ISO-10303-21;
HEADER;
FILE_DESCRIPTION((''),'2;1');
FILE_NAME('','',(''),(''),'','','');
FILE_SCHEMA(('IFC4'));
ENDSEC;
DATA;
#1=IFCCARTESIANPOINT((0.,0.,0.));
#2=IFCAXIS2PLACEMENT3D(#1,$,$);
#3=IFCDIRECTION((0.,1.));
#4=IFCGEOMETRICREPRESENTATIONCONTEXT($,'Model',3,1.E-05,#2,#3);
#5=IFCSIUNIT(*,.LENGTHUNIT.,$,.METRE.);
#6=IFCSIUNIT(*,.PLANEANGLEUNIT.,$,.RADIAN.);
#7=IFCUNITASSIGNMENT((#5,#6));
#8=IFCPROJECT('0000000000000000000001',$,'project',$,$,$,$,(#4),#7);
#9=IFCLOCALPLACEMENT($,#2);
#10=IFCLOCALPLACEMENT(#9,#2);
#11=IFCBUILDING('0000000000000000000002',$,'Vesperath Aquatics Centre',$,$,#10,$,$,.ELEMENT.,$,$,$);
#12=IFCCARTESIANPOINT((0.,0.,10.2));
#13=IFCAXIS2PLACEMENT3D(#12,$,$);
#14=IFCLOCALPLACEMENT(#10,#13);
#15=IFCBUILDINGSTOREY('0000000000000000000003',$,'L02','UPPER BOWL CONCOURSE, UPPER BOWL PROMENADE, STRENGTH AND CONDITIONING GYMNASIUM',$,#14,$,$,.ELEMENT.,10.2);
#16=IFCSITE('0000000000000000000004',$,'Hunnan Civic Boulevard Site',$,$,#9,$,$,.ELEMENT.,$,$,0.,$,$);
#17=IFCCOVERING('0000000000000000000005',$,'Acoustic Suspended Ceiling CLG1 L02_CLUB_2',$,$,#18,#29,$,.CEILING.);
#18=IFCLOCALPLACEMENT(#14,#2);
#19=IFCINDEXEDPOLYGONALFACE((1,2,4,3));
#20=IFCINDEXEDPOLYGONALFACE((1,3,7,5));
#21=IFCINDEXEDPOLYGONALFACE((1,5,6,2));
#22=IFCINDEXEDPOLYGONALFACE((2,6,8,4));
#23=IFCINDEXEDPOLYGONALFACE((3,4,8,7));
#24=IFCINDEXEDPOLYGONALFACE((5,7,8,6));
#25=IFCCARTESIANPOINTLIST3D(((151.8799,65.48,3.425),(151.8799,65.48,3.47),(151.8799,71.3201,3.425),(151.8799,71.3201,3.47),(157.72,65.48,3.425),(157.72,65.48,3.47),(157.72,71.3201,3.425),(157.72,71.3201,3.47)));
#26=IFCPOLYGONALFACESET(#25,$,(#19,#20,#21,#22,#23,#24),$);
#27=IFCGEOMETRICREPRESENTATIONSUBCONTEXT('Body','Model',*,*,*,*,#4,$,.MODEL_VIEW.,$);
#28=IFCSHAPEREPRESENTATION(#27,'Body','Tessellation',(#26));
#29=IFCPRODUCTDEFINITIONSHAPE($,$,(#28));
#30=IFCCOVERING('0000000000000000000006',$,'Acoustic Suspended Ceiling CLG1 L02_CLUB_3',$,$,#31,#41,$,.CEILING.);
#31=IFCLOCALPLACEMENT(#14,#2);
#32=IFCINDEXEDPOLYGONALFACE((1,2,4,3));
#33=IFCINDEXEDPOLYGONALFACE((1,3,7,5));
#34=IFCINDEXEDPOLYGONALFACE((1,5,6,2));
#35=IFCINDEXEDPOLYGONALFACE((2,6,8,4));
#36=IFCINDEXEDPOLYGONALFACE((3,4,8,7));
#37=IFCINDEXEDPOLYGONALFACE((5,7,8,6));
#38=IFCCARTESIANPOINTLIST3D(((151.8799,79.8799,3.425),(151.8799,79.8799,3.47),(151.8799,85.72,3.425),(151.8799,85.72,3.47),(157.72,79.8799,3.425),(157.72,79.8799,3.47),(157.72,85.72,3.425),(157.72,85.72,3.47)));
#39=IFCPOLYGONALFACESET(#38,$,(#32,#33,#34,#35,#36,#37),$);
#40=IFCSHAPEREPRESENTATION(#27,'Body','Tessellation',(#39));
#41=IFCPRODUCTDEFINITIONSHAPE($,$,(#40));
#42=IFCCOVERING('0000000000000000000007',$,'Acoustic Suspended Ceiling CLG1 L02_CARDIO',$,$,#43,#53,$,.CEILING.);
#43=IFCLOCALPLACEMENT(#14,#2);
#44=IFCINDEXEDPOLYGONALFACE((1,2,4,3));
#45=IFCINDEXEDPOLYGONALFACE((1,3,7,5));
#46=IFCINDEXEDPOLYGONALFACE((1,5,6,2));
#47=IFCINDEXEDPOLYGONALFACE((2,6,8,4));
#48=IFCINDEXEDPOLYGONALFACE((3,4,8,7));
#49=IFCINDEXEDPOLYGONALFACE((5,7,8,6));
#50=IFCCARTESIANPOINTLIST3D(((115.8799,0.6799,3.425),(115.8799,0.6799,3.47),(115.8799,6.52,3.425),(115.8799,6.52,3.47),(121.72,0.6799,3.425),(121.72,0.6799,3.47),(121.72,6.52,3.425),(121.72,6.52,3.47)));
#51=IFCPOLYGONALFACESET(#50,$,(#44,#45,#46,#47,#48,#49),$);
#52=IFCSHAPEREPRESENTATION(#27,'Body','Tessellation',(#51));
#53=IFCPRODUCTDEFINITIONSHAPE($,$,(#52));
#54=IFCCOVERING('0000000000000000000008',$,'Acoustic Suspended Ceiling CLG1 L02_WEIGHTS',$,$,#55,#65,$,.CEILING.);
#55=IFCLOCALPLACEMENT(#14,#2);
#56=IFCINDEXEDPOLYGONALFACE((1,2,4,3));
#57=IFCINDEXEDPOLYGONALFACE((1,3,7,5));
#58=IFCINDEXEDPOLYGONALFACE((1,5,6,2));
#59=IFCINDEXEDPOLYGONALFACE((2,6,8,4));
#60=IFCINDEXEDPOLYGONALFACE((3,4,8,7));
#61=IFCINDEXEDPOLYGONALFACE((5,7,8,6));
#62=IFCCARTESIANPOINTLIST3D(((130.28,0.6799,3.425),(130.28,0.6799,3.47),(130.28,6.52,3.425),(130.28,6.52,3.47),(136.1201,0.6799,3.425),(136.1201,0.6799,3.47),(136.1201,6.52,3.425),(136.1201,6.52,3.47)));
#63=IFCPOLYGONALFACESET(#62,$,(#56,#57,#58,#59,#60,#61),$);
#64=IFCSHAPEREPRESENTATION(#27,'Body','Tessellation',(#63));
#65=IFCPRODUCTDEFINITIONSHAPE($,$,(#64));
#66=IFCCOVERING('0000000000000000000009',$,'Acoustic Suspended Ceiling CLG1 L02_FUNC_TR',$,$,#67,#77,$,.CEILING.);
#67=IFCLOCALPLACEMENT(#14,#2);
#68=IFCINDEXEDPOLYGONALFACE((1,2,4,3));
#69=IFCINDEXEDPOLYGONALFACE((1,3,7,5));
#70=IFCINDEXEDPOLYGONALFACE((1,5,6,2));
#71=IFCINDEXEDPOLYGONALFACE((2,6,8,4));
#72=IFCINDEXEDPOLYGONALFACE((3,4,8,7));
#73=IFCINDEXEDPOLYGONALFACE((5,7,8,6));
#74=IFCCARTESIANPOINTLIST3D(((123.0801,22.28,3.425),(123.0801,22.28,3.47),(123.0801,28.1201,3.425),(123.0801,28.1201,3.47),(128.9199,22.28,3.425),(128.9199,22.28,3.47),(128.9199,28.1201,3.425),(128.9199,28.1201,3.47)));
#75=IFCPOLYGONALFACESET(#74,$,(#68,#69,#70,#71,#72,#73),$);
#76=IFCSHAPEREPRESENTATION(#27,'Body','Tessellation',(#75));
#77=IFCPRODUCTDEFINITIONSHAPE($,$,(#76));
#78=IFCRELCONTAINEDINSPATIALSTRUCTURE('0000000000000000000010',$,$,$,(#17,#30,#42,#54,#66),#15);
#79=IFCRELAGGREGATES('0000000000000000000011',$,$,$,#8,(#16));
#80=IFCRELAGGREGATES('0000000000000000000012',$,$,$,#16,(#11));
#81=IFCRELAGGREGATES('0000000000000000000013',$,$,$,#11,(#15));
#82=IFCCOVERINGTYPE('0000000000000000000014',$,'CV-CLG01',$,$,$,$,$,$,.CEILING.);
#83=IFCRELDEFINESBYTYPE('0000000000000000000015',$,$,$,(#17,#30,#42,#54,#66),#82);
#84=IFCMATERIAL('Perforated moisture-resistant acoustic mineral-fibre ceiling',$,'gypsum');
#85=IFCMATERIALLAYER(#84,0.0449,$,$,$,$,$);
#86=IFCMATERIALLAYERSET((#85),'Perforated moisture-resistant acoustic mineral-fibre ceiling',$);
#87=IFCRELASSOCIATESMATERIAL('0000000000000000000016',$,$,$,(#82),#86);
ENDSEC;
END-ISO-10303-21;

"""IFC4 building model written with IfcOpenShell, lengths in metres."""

from ifc_helpers import new_model, si_unit, direction, frame, origin, place, context, subcontext, project, spatial, polyline, outline, extrude, material, layer, layer_set, type_object, element, save


model = new_model("IFC4")

# Units and contexts
model_context = context("Model", 3, precision=1e-05, world=origin(), true_north=direction((0.0, 1.0)))
body_context = subcontext(model_context, "Body", "Model", "MODEL_VIEW")
ifc_project = project(units=[si_unit("LENGTHUNIT", "METRE"), si_unit("PLANEANGLEUNIT", "RADIAN")], contexts=[model_context])

# Site, building, storey
site_placement = place(None, origin())
site = spatial("IfcSite", under=ifc_project, at=site_placement, Name="Hunnan Civic Boulevard Site", CompositionType="ELEMENT", RefElevation=0.0)
building_placement = place(site_placement, origin())
building = spatial("IfcBuilding", under=site, at=building_placement, Name="Vesperath Aquatics Centre", CompositionType="ELEMENT")
storey_placement = place(building_placement, frame((0.0, 0.0, 10.2)))
storey = spatial("IfcBuildingStorey", under=building, at=storey_placement, Name="L02", Description="UPPER BOWL CONCOURSE, UPPER BOWL PROMENADE, STRENGTH AND CONDITIONING GYMNASIUM", CompositionType="ELEMENT", Elevation=10.2)

# Coverings
ifc_material_1 = material(Name="Perforated moisture-resistant acoustic mineral-fibre ceiling", Category="gypsum")
ifc_layer_1 = layer(ifc_material_1, 0.0449)
ifc_layer_set_1 = layer_set([ifc_layer_1], Name="Perforated moisture-resistant acoustic mineral-fibre ceiling")
covering_type = type_object("IfcCoveringType", Name="CV-CLG01", PredefinedType="CEILING", material=ifc_layer_set_1)
covering_1_placement = place(storey_placement, frame((0.0, 0.0, 3.425)))
element("IfcCovering", 1, at=covering_1_placement, inside=storey, type_object=covering_type, Name="Acoustic Suspended Ceiling CLG1 L02_CLUB_2", PredefinedType="CEILING", context=body_context, shape_type="SweptSolid", body=[
    extrude(outline(polyline([(151.8799, 65.48), (157.72, 65.48), (157.72, 71.3201), (151.8799, 71.3201), (151.8799, 65.48)])), origin(), (0.0, 0.0, 1.0), 0.0449),
])
covering_2_placement = place(storey_placement, frame((0.0, 0.0, 3.425)))
element("IfcCovering", 2, at=covering_2_placement, inside=storey, type_object=covering_type, Name="Acoustic Suspended Ceiling CLG1 L02_CLUB_3", PredefinedType="CEILING", context=body_context, shape_type="SweptSolid", body=[
    extrude(outline(polyline([(151.8799, 79.8799), (157.72, 79.8799), (157.72, 85.72), (151.8799, 85.72), (151.8799, 79.8799)])), origin(), (0.0, 0.0, 1.0), 0.0449),
])
covering_3_placement = place(storey_placement, frame((0.0, 0.0, 3.425)))
element("IfcCovering", 3, at=covering_3_placement, inside=storey, type_object=covering_type, Name="Acoustic Suspended Ceiling CLG1 L02_CARDIO", PredefinedType="CEILING", context=body_context, shape_type="SweptSolid", body=[
    extrude(outline(polyline([(115.8799, 0.6799), (121.72, 0.6799), (121.72, 6.52), (115.8799, 6.52), (115.8799, 0.6799)])), origin(), (0.0, 0.0, 1.0), 0.0449),
])
covering_4_placement = place(storey_placement, frame((0.0, 0.0, 3.425)))
element("IfcCovering", 4, at=covering_4_placement, inside=storey, type_object=covering_type, Name="Acoustic Suspended Ceiling CLG1 L02_WEIGHTS", PredefinedType="CEILING", context=body_context, shape_type="SweptSolid", body=[
    extrude(outline(polyline([(130.28, 0.6799), (136.1201, 0.6799), (136.1201, 6.52), (130.28, 6.52), (130.28, 0.6799)])), origin(), (0.0, 0.0, 1.0), 0.0449),
])
covering_5_placement = place(storey_placement, frame((0.0, 0.0, 3.425)))
element("IfcCovering", 5, at=covering_5_placement, inside=storey, type_object=covering_type, Name="Acoustic Suspended Ceiling CLG1 L02_FUNC_TR", PredefinedType="CEILING", context=body_context, shape_type="SweptSolid", body=[
    extrude(outline(polyline([(123.0801, 22.28), (128.9199, 22.28), (128.9199, 28.1201), (123.0801, 28.1201), (123.0801, 22.28)])), origin(), (0.0, 0.0, 1.0), 0.0449),
])

save(model, "model.ifc")
